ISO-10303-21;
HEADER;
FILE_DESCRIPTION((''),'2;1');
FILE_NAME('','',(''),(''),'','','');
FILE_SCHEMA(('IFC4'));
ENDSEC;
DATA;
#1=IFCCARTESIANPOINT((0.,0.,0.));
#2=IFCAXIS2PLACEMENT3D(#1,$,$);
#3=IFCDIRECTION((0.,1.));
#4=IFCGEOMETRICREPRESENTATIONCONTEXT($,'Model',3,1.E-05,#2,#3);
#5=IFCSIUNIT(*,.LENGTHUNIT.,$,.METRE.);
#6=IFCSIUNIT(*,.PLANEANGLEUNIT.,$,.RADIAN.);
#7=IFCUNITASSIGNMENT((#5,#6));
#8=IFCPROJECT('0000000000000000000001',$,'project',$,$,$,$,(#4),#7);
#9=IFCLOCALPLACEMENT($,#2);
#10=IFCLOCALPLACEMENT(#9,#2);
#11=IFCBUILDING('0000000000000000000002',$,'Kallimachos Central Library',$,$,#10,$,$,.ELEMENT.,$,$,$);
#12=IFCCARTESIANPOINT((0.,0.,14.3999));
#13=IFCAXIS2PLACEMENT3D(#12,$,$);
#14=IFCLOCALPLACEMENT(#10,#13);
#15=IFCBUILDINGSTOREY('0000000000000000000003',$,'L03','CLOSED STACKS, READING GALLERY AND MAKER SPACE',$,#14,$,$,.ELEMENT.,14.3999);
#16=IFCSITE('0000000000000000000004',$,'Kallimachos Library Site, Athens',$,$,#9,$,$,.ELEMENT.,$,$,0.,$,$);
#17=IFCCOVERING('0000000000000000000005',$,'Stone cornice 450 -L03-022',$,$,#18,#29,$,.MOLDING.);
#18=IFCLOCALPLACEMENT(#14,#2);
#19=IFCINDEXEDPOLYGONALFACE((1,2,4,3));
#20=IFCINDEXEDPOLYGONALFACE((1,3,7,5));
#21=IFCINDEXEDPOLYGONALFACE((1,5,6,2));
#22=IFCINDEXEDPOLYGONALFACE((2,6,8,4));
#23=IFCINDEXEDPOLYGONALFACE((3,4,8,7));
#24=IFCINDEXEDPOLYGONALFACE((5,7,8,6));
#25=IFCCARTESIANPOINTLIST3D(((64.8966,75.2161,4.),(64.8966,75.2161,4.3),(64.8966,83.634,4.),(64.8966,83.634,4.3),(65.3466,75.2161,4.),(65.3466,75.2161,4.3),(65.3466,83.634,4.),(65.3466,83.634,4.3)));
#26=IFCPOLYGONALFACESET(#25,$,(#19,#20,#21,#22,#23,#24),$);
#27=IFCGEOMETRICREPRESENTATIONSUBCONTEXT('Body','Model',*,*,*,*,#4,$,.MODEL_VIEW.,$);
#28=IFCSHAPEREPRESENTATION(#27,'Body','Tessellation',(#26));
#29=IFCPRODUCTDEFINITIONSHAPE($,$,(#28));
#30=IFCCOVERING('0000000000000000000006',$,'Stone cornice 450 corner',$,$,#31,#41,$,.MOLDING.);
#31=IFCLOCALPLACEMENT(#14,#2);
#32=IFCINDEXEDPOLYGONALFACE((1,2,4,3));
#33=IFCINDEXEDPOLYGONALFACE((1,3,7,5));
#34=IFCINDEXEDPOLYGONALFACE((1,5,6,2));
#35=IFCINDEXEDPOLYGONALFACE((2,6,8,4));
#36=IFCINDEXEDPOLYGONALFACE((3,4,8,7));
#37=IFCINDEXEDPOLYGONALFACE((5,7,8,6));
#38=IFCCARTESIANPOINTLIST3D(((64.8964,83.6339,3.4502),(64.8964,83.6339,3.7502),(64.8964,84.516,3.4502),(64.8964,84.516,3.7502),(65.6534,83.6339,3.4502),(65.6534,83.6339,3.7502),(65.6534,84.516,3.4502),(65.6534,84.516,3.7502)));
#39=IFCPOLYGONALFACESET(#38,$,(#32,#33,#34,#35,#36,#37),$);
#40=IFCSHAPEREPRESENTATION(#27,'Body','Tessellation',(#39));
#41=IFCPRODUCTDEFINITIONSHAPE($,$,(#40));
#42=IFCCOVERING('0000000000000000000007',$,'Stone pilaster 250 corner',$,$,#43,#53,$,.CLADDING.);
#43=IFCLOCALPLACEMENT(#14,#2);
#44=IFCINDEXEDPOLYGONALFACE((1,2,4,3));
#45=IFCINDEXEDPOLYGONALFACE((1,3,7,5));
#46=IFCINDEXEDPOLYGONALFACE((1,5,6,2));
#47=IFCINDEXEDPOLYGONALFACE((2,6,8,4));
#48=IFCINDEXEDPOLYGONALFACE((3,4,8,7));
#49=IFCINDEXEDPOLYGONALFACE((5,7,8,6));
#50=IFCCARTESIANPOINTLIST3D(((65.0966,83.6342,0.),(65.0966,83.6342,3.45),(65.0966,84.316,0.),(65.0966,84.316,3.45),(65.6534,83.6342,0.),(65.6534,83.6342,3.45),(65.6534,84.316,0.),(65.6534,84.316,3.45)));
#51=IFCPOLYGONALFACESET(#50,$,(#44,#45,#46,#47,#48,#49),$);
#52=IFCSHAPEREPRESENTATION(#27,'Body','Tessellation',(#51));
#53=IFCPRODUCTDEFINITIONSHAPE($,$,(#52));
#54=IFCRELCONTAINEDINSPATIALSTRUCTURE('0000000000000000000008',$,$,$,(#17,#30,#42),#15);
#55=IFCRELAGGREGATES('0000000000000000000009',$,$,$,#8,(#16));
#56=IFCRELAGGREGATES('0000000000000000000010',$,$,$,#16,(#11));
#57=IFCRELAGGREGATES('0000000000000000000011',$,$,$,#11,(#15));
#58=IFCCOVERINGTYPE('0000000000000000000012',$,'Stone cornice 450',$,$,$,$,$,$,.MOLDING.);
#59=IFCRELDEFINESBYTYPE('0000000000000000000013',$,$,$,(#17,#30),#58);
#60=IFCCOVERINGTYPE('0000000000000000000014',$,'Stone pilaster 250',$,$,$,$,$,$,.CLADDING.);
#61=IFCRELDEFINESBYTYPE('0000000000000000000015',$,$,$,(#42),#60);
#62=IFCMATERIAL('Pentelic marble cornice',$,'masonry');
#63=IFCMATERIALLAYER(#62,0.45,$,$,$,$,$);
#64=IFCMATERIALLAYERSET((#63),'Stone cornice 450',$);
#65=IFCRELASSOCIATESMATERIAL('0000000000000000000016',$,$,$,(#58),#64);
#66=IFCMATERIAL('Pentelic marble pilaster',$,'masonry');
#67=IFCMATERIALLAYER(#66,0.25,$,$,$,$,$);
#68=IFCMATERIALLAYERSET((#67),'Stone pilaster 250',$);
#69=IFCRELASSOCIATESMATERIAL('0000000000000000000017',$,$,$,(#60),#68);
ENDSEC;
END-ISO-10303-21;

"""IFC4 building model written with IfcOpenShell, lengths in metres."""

from ifc_helpers import new_model, si_unit, direction, frame, origin, origin_2d, place, context, subcontext, project, spatial, rectangle, extrude, material, layer, layer_set, type_object, element, save


model = new_model("IFC4")

# Units and contexts
model_context = context("Model", 3, precision=1e-05, world=origin(), true_north=direction((0.0, 1.0)))
body_context = subcontext(model_context, "Body", "Model", "MODEL_VIEW")
ifc_project = project(units=[si_unit("LENGTHUNIT", "METRE"), si_unit("PLANEANGLEUNIT", "RADIAN")], contexts=[model_context])

# Site, building, storey
site_placement = place(None, origin())
site = spatial("IfcSite", under=ifc_project, at=site_placement, Name="Kallimachos Library Site, Athens", CompositionType="ELEMENT", RefElevation=0.0)
building_placement = place(site_placement, origin())
building = spatial("IfcBuilding", under=site, at=building_placement, Name="Kallimachos Central Library", CompositionType="ELEMENT")
storey_placement = place(building_placement, frame((0.0, 0.0, 14.3999)))
storey = spatial("IfcBuildingStorey", under=building, at=storey_placement, Name="L03", Description="CLOSED STACKS, READING GALLERY AND MAKER SPACE", CompositionType="ELEMENT", Elevation=14.3999)

# Coverings
ifc_material_1 = material(Name="Pentelic marble cornice", Category="masonry")
ifc_layer_1 = layer(ifc_material_1, 0.45)
ifc_layer_set_1 = layer_set([ifc_layer_1], Name="Stone cornice 450")
covering_type_1 = type_object("IfcCoveringType", Name="Stone cornice 450", PredefinedType="MOLDING", material=ifc_layer_set_1)
covering_1_placement = place(storey_placement, frame((65.1216, 79.425, 4.0), z_axis=(0.0, 0.0, 1.0), x_axis=(1.0, 0.0, 0.0)))
element("IfcCovering", 1, at=covering_1_placement, inside=storey, type_object=covering_type_1, Name="Stone cornice 450 -L03-022", PredefinedType="MOLDING", context=body_context, shape_type="SweptSolid", body=[
    extrude(rectangle(XDim=0.45, YDim=8.418, at=origin_2d()), origin(), (0.0, 0.0, 1.0), 0.3),
])
covering_2_placement = place(storey_placement, frame((65.2749, 84.075, 3.4502), z_axis=(0.0, 0.0, 1.0), x_axis=(1.0, 0.0, 0.0)))
element("IfcCovering", 2, at=covering_2_placement, inside=storey, type_object=covering_type_1, Name="Stone cornice 450 corner", PredefinedType="MOLDING", context=body_context, shape_type="SweptSolid", body=[
    extrude(rectangle(XDim=0.7571, YDim=0.8821, at=origin_2d()), origin(), (0.0, 0.0, 1.0), 0.3),
])
ifc_material_2 = material(Name="Pentelic marble pilaster", Category="masonry")
ifc_layer_2 = layer(ifc_material_2, 0.25)
ifc_layer_set_2 = layer_set([ifc_layer_2], Name="Stone pilaster 250")
covering_type_2 = type_object("IfcCoveringType", Name="Stone pilaster 250", PredefinedType="CLADDING", material=ifc_layer_set_2)
covering_3_placement = place(storey_placement, frame((65.375, 83.9751, 0.0), z_axis=(0.0, 0.0, 1.0), x_axis=(1.0, 0.0, 0.0)))
element("IfcCovering", 3, at=covering_3_placement, inside=storey, type_object=covering_type_2, Name="Stone pilaster 250 corner", PredefinedType="CLADDING", context=body_context, shape_type="SweptSolid", body=[
    extrude(rectangle(XDim=0.5569, YDim=0.6819, at=origin_2d()), origin(), (0.0, 0.0, 1.0), 3.45),
])

save(model, "model.ifc")
